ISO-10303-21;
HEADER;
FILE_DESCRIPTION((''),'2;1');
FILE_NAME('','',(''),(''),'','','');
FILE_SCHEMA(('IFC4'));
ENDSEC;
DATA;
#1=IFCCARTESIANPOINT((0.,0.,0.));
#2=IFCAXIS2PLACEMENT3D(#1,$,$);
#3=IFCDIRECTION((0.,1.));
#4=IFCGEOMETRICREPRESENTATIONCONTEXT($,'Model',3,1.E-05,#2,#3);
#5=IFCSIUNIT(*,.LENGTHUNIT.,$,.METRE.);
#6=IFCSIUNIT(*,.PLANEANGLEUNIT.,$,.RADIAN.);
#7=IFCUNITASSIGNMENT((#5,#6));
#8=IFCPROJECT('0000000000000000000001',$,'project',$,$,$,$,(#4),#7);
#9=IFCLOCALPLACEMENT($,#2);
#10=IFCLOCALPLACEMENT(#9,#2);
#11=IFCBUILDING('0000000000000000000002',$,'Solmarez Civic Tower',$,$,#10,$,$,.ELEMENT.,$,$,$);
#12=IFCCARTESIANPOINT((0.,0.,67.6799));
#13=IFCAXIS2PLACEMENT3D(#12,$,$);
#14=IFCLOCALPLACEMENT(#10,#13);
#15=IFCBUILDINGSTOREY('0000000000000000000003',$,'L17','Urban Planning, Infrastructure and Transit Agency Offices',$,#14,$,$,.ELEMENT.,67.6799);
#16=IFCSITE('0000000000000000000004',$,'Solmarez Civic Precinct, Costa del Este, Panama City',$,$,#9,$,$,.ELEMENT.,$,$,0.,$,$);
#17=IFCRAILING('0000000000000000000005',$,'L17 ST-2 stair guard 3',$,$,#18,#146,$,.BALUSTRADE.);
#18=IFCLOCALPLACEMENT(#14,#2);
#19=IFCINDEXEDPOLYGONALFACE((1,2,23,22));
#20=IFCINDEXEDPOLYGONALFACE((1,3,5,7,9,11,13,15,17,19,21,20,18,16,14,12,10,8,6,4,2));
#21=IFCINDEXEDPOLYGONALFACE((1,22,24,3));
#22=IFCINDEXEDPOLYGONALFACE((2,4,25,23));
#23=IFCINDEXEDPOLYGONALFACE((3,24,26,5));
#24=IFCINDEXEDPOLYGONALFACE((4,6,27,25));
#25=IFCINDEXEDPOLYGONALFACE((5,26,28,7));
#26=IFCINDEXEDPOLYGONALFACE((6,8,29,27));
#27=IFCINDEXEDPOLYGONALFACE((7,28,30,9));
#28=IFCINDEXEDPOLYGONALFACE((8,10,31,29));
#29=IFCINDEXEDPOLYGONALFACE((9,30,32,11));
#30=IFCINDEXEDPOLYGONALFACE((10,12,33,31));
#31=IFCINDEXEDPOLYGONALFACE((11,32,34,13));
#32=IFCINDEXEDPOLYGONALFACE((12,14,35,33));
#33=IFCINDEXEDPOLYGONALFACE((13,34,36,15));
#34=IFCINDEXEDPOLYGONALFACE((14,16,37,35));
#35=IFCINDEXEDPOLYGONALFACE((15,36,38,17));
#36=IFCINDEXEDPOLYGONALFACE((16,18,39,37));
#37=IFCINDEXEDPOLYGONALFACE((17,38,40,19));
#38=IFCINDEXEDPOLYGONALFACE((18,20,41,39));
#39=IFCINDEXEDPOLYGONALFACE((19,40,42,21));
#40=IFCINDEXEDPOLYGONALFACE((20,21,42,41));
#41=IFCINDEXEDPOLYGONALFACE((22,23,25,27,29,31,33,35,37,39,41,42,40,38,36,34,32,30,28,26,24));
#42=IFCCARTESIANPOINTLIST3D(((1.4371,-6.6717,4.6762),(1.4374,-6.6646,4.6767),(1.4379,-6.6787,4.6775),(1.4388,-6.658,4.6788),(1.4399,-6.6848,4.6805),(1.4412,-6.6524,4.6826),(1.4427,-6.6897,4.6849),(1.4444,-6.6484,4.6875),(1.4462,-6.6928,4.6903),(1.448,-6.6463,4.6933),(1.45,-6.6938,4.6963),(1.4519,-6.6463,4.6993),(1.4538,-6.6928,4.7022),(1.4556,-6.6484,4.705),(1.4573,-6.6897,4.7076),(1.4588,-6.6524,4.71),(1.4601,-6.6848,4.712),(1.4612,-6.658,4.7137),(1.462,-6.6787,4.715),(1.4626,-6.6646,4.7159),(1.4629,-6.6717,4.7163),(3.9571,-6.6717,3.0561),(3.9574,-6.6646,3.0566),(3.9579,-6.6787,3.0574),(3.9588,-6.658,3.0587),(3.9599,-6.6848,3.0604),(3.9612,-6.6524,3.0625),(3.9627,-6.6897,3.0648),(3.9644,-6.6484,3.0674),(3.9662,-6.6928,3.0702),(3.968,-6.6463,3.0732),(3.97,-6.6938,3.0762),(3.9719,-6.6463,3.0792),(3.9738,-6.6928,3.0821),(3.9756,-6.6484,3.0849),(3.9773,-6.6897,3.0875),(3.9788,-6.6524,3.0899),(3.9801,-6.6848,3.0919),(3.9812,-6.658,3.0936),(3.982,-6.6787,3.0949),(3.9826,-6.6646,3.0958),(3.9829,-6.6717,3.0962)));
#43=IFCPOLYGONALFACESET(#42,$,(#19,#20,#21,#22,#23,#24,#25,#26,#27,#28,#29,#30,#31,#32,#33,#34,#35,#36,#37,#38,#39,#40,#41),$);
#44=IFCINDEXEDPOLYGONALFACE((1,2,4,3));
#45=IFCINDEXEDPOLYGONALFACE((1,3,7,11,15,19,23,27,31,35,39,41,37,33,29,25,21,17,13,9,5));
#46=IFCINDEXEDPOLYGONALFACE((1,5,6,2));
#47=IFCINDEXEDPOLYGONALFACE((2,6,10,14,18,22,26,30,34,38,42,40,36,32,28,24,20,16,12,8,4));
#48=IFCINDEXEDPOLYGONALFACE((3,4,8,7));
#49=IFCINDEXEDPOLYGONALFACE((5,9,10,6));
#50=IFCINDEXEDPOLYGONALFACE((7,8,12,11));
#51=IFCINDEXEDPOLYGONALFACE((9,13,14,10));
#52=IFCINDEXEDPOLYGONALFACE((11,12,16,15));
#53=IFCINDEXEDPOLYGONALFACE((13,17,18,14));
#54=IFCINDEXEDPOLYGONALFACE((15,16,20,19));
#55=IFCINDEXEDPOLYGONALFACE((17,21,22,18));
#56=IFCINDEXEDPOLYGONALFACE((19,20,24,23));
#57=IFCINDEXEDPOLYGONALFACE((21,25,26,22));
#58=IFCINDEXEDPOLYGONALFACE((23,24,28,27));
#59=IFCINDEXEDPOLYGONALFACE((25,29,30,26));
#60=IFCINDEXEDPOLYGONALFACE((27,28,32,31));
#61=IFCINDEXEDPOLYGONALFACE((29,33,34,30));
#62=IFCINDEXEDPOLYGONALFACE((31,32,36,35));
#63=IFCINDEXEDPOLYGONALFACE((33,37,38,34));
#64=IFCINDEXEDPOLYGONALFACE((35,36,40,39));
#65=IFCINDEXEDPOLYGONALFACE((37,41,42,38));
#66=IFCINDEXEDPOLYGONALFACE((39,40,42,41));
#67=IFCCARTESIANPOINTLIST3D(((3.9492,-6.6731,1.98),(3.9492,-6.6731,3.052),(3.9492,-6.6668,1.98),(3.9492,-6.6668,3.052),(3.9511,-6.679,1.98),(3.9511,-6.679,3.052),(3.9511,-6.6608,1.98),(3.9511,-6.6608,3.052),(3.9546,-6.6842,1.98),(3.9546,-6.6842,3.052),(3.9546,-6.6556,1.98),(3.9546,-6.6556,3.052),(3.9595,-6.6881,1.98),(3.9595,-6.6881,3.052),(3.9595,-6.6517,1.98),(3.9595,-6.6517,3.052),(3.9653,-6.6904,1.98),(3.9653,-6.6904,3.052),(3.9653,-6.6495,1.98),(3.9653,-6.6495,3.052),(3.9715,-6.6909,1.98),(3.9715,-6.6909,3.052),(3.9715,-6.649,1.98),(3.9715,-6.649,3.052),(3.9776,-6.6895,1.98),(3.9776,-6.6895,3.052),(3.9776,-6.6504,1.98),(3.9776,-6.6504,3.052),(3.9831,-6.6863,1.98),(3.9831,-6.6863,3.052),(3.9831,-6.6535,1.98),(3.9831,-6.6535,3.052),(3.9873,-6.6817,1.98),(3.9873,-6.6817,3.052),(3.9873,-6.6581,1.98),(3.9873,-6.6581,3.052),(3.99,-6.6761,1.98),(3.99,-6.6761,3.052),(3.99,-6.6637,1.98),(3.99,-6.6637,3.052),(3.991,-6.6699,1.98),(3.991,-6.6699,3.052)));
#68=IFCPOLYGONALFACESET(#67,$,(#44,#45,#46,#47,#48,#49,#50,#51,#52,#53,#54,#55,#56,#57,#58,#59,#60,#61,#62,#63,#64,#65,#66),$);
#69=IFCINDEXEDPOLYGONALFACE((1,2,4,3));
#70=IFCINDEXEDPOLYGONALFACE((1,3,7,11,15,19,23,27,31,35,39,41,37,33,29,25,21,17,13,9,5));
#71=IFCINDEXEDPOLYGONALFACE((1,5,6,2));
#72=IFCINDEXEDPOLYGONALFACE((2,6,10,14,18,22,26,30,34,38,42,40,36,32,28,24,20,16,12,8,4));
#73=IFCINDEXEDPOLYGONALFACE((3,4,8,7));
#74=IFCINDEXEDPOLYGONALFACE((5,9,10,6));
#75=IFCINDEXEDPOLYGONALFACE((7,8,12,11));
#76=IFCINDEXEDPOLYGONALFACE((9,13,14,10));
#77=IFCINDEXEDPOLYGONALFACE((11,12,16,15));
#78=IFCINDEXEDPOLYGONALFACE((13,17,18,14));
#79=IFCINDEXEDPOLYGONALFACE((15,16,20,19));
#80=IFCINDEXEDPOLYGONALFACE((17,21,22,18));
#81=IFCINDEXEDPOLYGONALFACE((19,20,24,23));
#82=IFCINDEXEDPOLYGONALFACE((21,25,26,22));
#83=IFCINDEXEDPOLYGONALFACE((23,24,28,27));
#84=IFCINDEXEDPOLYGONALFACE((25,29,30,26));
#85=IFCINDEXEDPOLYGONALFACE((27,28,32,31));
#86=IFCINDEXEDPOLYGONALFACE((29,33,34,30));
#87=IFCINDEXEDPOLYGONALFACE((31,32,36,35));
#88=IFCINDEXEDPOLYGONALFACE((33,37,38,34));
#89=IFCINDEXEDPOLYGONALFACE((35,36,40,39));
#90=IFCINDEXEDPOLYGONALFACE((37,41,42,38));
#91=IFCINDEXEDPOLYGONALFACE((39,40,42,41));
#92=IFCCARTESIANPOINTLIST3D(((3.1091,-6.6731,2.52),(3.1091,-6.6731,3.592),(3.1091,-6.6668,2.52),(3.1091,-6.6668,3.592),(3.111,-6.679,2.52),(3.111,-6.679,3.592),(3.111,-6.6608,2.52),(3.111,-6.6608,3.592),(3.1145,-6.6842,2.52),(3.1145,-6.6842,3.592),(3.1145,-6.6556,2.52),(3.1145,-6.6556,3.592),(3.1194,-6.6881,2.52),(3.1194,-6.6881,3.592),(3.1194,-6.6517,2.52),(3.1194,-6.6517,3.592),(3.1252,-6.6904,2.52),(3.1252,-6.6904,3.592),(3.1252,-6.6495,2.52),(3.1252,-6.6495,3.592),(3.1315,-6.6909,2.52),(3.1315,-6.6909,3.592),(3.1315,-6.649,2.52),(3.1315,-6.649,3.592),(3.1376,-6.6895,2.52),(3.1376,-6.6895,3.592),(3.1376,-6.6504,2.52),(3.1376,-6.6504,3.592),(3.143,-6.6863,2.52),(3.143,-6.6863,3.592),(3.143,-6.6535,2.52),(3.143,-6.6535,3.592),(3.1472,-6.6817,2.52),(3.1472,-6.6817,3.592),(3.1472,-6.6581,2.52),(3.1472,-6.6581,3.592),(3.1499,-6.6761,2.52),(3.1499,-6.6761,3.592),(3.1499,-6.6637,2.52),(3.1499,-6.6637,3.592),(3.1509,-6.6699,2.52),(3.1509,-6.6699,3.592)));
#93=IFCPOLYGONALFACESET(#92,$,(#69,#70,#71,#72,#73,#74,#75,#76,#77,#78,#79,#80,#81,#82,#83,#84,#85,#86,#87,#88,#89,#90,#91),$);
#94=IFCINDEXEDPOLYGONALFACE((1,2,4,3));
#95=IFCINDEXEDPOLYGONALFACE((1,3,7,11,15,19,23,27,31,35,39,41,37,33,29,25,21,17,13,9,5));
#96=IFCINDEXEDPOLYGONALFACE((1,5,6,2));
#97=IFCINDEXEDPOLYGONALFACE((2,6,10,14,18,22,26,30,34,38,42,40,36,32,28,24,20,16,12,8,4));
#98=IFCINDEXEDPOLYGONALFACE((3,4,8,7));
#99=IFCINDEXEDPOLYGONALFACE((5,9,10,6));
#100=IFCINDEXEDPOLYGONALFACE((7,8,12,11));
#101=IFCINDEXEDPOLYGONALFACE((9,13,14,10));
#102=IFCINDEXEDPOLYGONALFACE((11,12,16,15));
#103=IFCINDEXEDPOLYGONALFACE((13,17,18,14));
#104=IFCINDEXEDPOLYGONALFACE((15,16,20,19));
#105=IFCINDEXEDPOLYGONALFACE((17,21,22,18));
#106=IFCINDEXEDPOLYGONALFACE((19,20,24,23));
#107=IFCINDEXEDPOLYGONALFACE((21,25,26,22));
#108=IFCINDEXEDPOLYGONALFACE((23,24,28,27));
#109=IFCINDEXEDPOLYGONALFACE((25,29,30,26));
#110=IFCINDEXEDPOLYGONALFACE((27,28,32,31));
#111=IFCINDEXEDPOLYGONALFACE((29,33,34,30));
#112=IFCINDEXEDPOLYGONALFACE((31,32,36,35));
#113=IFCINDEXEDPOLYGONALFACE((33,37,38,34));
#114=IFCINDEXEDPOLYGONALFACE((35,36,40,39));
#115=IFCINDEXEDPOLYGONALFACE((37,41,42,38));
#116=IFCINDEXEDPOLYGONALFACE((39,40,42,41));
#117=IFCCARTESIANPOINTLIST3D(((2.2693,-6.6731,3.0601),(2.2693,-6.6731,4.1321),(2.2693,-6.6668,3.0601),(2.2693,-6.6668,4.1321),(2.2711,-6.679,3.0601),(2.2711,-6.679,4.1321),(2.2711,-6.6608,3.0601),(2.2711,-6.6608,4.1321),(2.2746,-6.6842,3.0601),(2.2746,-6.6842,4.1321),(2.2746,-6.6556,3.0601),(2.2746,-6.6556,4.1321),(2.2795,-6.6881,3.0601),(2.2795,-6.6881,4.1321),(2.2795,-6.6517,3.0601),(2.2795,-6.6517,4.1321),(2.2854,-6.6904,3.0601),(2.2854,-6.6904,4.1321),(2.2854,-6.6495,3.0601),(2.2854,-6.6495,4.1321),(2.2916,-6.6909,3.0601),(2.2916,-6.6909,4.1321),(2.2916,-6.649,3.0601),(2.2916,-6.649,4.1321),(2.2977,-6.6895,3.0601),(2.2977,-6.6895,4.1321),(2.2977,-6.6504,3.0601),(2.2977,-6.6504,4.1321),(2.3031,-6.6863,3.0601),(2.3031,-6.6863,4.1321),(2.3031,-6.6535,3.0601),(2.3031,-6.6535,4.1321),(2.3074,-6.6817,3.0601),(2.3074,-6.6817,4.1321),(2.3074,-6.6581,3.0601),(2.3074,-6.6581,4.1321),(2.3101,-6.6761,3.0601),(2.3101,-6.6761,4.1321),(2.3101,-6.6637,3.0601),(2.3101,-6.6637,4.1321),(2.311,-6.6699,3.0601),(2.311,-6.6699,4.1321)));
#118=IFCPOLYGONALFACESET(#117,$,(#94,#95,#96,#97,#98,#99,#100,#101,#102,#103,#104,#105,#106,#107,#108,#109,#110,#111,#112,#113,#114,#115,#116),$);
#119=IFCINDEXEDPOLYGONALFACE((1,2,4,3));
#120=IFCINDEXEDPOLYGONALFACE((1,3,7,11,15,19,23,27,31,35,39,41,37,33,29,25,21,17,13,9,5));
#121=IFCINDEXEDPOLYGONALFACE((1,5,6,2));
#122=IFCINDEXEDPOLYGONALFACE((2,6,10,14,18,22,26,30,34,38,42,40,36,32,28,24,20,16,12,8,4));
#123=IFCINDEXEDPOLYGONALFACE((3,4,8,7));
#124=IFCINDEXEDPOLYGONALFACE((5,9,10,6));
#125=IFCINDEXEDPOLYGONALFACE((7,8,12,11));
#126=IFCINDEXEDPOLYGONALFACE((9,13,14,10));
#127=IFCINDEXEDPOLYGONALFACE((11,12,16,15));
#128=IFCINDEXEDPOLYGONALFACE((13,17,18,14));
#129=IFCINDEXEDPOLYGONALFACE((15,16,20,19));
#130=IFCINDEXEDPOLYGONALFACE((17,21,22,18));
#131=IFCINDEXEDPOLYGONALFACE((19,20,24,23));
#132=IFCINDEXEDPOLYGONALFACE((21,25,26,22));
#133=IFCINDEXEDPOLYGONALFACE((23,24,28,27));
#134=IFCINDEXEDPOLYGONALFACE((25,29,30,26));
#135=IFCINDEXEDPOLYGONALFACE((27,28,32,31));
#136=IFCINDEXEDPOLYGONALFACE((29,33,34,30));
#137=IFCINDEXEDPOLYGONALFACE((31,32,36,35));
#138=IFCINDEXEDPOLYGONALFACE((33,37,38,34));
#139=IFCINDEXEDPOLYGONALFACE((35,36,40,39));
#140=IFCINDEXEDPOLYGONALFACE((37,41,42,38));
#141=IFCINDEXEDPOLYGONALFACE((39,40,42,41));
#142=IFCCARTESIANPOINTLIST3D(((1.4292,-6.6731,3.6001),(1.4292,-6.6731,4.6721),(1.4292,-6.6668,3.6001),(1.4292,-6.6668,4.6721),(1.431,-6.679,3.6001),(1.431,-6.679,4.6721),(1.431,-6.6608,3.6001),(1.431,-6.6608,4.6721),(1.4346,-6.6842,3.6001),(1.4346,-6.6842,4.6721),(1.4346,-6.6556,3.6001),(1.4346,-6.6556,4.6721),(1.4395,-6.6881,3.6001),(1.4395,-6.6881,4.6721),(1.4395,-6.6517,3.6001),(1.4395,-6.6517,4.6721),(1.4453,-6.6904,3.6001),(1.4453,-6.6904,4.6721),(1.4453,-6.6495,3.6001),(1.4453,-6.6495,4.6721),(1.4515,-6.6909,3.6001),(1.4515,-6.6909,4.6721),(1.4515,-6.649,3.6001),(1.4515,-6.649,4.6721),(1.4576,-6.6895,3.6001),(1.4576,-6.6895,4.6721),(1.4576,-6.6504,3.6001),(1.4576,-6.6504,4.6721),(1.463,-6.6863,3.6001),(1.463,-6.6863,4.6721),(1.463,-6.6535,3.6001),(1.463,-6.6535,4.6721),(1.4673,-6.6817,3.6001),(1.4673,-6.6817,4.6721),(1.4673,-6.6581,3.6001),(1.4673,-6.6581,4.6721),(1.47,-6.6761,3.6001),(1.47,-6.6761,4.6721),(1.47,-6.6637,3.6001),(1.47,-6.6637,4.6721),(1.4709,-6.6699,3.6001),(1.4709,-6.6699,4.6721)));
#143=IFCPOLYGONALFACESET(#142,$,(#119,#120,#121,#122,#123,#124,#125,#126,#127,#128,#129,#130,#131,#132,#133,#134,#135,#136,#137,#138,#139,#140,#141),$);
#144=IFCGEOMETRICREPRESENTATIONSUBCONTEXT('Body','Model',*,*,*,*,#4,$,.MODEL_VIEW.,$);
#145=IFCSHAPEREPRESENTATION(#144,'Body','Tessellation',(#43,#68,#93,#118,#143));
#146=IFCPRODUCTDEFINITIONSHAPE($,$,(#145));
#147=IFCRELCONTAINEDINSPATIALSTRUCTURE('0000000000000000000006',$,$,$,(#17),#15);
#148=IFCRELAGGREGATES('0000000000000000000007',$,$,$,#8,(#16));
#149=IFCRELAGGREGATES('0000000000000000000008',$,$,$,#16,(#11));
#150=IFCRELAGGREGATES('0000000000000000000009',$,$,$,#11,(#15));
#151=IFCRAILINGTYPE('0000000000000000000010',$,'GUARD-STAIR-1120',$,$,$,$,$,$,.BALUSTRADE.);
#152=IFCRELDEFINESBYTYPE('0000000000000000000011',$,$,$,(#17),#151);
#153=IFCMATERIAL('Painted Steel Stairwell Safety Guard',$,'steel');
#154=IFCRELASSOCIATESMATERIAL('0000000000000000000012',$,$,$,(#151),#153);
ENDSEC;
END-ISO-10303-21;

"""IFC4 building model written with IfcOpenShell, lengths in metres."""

from ifc_helpers import new_model, si_unit, direction, frame, origin, origin_2d, place, context, subcontext, project, spatial, circle, extrude, material, type_object, element, save


model = new_model("IFC4")

# Units and contexts
model_context = context("Model", 3, precision=1e-05, world=origin(), true_north=direction((0.0, 1.0)))
body_context = subcontext(model_context, "Body", "Model", "MODEL_VIEW")
ifc_project = project(units=[si_unit("LENGTHUNIT", "METRE"), si_unit("PLANEANGLEUNIT", "RADIAN")], contexts=[model_context])

# Site, building, storey
site_placement = place(None, origin())
site = spatial("IfcSite", under=ifc_project, at=site_placement, Name="Solmarez Civic Precinct, Costa del Este, Panama City", CompositionType="ELEMENT", RefElevation=0.0)
building_placement = place(site_placement, origin())
building = spatial("IfcBuilding", under=site, at=building_placement, Name="Solmarez Civic Tower", CompositionType="ELEMENT")
storey_placement = place(building_placement, frame((0.0, 0.0, 67.6799)))
storey = spatial("IfcBuildingStorey", under=building, at=storey_placement, Name="L17", Description="Urban Planning, Infrastructure and Transit Agency Offices", CompositionType="ELEMENT", Elevation=67.6799)

# Railing
ifc_material_1 = material(Name="Painted Steel Stairwell Safety Guard", Category="steel")
railing_type_1 = type_object("IfcRailingType", Name="GUARD-STAIR-1120", PredefinedType="BALUSTRADE", material=ifc_material_1)
railing_1_placement = place(storey_placement, frame((3.97, -6.6699, 1.98)))
element("IfcRailing", 1, at=railing_1_placement, inside=storey, type_object=railing_type_1, Name="L17 ST-2 stair guard 3", PredefinedType="BALUSTRADE", context=body_context, shape_type="SweptSolid", body=[
    extrude(circle(Radius=0.0239, at=origin_2d()), frame((0.0, 0.0, 1.0962), z_axis=(-0.841163, 0.0, 0.540782), x_axis=(0.0, -1.0, 0.0)), (0.0, 0.0, 1.0), 2.9958),
    extrude(circle(Radius=0.021, at=origin_2d()), origin(), (0.0, 0.0, 1.0), 1.072),
    extrude(circle(Radius=0.021, at=origin_2d()), frame((-0.8401, 0.0, 0.54)), (0.0, 0.0, 1.0), 1.072),
    extrude(circle(Radius=0.021, at=origin_2d()), frame((-1.6799, 0.0, 1.0801)), (0.0, 0.0, 1.0), 1.072),
    extrude(circle(Radius=0.021, at=origin_2d()), frame((-2.52, 0.0, 1.6201)), (0.0, 0.0, 1.0), 1.072),
])

save(model, "model.ifc")
